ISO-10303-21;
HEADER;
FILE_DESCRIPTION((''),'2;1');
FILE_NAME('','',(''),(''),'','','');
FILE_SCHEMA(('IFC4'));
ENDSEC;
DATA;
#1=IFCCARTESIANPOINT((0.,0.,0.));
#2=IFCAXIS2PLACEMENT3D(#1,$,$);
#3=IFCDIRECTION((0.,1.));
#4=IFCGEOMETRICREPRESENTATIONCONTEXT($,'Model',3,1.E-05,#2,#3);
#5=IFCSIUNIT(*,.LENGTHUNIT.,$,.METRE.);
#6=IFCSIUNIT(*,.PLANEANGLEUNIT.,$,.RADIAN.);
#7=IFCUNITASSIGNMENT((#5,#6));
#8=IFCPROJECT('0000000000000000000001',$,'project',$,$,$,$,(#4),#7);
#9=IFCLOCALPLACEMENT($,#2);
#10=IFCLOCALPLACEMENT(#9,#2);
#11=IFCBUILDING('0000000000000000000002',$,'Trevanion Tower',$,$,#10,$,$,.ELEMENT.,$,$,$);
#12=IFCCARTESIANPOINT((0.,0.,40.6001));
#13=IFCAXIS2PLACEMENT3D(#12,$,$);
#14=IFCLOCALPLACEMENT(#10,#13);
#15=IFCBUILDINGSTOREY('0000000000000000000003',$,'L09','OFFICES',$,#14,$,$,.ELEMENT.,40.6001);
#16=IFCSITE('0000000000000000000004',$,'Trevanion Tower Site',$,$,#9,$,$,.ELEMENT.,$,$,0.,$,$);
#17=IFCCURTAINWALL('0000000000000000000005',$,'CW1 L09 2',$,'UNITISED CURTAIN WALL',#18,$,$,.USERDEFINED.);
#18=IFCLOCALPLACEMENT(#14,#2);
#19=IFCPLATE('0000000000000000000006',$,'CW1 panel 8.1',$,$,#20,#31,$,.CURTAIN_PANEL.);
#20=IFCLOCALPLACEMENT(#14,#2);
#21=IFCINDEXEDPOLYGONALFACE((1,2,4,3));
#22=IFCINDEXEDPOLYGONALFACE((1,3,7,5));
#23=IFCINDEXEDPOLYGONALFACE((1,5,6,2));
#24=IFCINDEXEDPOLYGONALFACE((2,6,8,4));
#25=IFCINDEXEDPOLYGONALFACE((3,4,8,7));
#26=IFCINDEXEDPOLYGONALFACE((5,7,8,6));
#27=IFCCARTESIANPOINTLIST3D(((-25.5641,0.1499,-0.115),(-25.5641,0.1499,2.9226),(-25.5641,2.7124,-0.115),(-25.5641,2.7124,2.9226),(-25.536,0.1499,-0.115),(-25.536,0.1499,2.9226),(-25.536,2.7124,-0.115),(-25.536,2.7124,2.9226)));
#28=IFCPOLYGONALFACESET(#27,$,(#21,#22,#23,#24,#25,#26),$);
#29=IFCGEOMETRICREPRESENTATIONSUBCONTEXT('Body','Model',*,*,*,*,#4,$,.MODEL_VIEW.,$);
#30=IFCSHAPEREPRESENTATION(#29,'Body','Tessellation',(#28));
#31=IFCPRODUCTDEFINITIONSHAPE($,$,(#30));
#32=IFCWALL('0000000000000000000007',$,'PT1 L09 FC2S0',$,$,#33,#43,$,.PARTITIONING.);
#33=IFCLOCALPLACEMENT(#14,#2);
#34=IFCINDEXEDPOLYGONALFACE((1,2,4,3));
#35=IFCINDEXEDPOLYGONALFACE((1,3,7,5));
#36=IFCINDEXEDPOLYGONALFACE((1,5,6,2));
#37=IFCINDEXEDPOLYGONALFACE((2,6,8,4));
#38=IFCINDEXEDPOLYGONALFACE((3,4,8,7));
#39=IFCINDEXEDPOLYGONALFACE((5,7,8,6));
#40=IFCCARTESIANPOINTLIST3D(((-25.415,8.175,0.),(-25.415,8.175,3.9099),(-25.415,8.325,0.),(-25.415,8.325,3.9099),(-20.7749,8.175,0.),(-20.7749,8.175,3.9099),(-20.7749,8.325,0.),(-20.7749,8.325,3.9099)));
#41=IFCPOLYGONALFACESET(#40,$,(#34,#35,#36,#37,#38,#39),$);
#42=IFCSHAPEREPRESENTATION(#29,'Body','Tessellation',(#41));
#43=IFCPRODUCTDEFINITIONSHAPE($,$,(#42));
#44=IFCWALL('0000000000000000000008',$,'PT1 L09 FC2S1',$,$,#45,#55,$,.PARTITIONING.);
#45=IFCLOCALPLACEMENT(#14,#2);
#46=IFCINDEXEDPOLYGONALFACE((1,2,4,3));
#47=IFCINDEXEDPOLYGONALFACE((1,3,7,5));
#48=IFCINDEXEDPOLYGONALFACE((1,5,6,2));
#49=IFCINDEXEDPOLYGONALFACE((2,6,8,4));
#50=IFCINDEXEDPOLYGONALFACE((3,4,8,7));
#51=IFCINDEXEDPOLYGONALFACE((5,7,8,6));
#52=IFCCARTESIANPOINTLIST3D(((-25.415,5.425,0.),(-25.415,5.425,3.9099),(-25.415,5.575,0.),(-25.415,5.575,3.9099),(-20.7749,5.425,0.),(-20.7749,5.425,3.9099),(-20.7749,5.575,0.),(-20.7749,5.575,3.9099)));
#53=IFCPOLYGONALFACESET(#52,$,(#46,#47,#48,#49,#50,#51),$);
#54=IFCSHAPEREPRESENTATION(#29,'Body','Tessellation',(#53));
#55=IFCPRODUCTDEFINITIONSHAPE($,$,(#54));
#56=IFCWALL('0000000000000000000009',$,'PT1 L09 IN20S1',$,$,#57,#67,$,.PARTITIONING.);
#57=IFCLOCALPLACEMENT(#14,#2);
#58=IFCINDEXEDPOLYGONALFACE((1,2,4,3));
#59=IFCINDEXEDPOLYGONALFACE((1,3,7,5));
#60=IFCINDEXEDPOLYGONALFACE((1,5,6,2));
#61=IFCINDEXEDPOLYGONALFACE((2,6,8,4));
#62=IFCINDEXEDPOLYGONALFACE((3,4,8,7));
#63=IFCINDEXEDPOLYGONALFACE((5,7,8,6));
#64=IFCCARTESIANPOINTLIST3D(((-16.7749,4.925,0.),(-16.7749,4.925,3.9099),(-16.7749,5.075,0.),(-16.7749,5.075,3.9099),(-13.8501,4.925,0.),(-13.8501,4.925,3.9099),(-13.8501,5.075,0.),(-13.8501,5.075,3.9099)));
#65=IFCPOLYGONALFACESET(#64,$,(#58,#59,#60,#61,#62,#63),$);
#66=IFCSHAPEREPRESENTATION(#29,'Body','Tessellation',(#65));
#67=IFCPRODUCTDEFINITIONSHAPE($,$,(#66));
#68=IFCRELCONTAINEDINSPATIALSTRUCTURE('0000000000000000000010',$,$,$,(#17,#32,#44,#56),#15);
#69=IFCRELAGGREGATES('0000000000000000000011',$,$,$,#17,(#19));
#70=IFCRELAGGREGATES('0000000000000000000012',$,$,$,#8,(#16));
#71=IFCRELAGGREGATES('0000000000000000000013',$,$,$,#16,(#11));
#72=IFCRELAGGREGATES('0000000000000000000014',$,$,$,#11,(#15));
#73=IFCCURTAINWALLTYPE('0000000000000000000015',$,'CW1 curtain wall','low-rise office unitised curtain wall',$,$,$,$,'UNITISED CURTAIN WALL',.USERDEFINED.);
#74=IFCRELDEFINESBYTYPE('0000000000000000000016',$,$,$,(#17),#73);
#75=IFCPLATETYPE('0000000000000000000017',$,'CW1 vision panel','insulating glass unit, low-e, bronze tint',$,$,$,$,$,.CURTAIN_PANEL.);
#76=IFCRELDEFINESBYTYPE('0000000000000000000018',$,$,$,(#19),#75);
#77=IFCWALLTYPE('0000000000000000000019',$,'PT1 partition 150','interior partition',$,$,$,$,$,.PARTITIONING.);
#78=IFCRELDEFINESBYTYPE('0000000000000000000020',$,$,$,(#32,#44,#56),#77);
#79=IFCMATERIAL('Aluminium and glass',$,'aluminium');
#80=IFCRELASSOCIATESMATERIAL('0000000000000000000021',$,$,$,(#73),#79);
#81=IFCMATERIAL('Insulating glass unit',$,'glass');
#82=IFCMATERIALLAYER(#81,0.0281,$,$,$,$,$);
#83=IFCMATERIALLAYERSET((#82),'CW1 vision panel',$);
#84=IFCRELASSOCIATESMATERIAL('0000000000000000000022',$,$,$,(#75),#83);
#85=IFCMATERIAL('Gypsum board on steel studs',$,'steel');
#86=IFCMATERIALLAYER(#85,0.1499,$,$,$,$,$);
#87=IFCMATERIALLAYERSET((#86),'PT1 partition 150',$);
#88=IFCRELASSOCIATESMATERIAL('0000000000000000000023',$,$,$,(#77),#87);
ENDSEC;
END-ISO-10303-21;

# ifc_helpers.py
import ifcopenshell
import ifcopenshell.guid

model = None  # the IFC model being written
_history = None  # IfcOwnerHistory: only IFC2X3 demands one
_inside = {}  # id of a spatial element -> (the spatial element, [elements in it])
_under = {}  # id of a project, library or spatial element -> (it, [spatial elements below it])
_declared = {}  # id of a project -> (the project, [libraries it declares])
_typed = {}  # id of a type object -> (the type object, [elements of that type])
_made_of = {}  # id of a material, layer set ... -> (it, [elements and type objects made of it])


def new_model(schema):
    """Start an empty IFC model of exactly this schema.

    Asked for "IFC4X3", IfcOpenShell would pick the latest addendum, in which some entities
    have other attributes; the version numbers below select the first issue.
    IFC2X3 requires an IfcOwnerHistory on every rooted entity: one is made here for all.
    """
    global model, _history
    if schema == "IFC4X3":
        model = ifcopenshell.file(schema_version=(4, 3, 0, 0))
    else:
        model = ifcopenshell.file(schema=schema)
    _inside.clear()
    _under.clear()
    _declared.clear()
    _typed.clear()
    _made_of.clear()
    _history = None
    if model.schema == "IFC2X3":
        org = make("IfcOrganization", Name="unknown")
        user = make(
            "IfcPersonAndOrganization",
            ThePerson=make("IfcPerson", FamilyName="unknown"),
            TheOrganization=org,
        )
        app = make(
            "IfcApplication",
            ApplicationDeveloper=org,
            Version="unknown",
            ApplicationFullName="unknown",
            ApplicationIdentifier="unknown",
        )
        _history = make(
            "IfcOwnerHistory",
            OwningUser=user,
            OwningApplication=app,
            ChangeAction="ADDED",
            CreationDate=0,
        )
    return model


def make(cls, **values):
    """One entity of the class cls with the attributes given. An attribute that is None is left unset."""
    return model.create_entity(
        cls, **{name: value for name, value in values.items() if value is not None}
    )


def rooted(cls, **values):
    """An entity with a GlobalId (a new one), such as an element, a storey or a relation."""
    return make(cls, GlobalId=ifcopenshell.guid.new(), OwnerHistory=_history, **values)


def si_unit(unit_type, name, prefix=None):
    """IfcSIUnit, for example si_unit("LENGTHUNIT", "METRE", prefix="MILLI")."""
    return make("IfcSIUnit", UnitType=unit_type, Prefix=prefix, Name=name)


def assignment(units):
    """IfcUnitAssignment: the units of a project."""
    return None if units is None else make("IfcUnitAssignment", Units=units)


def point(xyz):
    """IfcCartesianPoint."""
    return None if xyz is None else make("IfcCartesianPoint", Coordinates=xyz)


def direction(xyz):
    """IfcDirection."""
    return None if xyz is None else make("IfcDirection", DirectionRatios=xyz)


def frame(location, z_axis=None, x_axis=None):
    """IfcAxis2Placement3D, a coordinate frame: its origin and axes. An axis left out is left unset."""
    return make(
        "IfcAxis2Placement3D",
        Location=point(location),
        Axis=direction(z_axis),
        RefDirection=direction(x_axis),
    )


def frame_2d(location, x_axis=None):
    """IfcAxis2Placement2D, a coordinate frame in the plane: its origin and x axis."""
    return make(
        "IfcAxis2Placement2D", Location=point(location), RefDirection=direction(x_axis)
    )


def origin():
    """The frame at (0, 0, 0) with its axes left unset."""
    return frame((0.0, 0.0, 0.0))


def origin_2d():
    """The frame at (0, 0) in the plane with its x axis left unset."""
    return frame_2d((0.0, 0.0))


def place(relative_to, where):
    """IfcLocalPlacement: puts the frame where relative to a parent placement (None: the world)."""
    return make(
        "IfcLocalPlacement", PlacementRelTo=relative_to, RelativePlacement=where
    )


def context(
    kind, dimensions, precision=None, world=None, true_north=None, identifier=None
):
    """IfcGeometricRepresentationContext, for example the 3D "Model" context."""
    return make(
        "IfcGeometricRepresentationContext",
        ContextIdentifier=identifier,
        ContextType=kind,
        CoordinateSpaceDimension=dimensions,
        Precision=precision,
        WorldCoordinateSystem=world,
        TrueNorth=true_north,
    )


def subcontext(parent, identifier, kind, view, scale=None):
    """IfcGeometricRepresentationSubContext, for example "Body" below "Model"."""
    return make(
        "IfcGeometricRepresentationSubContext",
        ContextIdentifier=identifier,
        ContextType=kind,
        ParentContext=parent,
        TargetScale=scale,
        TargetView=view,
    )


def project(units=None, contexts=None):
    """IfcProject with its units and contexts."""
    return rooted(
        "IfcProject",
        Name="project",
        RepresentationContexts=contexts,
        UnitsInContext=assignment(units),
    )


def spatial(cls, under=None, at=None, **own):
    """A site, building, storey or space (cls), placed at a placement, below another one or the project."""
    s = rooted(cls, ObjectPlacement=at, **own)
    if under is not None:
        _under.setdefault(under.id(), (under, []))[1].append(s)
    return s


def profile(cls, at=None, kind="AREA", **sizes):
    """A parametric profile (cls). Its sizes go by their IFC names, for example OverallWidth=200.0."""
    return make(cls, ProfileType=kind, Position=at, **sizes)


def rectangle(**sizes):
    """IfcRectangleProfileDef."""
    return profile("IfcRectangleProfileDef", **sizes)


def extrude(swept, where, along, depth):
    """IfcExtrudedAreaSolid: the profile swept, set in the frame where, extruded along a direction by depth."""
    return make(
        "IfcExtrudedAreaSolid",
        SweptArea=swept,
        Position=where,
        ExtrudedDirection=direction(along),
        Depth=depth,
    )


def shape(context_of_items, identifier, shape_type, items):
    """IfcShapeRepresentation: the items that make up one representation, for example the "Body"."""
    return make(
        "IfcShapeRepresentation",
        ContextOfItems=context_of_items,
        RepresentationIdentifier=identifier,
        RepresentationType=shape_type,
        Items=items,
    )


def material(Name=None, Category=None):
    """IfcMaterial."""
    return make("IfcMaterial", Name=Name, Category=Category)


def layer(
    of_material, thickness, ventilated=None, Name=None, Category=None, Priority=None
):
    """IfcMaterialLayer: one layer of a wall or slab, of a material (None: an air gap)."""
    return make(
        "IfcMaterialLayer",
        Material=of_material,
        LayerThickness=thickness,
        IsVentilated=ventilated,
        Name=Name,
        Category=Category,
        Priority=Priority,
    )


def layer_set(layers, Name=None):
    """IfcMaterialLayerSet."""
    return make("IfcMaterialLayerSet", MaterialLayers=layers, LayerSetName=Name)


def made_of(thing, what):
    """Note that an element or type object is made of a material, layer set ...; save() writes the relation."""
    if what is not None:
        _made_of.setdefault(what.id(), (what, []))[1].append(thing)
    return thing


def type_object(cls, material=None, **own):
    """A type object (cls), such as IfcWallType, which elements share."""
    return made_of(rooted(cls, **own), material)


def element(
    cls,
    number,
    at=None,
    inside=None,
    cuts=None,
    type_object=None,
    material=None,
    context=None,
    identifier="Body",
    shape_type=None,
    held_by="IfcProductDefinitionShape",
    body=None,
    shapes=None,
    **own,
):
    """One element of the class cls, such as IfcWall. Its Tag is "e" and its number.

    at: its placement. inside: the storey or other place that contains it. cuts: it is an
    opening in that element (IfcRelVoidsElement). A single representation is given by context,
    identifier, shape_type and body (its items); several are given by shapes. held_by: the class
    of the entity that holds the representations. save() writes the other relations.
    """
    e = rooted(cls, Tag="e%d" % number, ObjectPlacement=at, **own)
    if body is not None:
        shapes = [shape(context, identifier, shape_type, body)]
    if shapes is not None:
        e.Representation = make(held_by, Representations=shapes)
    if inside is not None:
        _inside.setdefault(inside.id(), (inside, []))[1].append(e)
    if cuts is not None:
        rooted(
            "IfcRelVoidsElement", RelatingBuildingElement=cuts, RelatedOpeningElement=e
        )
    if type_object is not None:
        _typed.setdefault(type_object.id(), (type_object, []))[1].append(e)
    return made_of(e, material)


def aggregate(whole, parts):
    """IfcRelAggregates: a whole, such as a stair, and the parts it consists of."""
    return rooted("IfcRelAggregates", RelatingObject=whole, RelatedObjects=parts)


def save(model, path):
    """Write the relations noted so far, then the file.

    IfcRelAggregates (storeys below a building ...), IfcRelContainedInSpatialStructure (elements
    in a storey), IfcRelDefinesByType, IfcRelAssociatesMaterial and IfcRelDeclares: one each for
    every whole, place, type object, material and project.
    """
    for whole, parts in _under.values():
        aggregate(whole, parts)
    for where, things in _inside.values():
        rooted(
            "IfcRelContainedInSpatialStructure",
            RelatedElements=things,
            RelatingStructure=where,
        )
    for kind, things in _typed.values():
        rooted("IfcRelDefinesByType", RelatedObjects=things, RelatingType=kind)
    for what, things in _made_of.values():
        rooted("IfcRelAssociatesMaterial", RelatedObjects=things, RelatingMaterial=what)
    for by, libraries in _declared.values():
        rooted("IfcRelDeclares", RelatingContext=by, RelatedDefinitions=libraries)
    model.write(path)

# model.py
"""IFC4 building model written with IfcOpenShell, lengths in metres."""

from ifc_helpers import new_model, si_unit, direction, frame, frame_2d, origin, origin_2d, place, context, subcontext, project, spatial, rectangle, extrude, material, layer, layer_set, type_object, element, aggregate, save


model = new_model("IFC4")

# Units and contexts
model_context = context("Model", 3, precision=1e-05, world=origin(), true_north=direction((0.0, 1.0)))
body_context = subcontext(model_context, "Body", "Model", "MODEL_VIEW")
ifc_project = project(units=[si_unit("LENGTHUNIT", "METRE"), si_unit("PLANEANGLEUNIT", "RADIAN")], contexts=[model_context])

# Site, building, storey
site_placement = place(None, origin())
site = spatial("IfcSite", under=ifc_project, at=site_placement, Name="Trevanion Tower Site", CompositionType="ELEMENT", RefElevation=0.0)
building_placement = place(site_placement, origin())
building = spatial("IfcBuilding", under=site, at=building_placement, Name="Trevanion Tower", CompositionType="ELEMENT")
storey_placement = place(building_placement, frame((0.0, 0.0, 40.6001)))
storey = spatial("IfcBuildingStorey", under=building, at=storey_placement, Name="L09", Description="OFFICES", CompositionType="ELEMENT", Elevation=40.6001)

# Curtain wall, plate
ifc_material_1 = material(Name="Aluminium and glass", Category="aluminium")
curtain_wall_type = type_object("IfcCurtainWallType", Name="CW1 curtain wall", Description="low-rise office unitised curtain wall", ElementType="UNITISED CURTAIN WALL", PredefinedType="USERDEFINED", material=ifc_material_1)
curtain_wall_placement = place(storey_placement, origin())
curtain_wall = element("IfcCurtainWall", 1, at=curtain_wall_placement, inside=storey, type_object=curtain_wall_type, Name="CW1 L09 2", ObjectType="UNITISED CURTAIN WALL", PredefinedType="USERDEFINED")
ifc_material_2 = material(Name="Insulating glass unit", Category="glass")
ifc_layer_1 = layer(ifc_material_2, 0.0281)
ifc_layer_set_1 = layer_set([ifc_layer_1], Name="CW1 vision panel")
plate_type_1 = type_object("IfcPlateType", Name="CW1 vision panel", Description="insulating glass unit, low-e, bronze tint", PredefinedType="CURTAIN_PANEL", material=ifc_layer_set_1)
plate_1_placement = place(storey_placement, frame((-25.55, 1.4312, -0.115), z_axis=(0.0, 0.0, 1.0), x_axis=(0.0, -1.0, 0.0)))
plate_1 = element("IfcPlate", 2, at=plate_1_placement, type_object=plate_type_1, Name="CW1 panel 8.1", PredefinedType="CURTAIN_PANEL", context=body_context, shape_type="SweptSolid", body=[
    extrude(rectangle(XDim=2.5625, YDim=0.0281, at=origin_2d()), origin(), (0.0, 0.0, 1.0), 3.0376),
])
aggregate(curtain_wall, [plate_1])

# Walls
ifc_material_3 = material(Name="Gypsum board on steel studs", Category="steel")
ifc_layer_2 = layer(ifc_material_3, 0.1499)
ifc_layer_set_2 = layer_set([ifc_layer_2], Name="PT1 partition 150")
wall_type = type_object("IfcWallType", Name="PT1 partition 150", Description="interior partition", PredefinedType="PARTITIONING", material=ifc_layer_set_2)
for number, where, z_axis, x_axis, name in (
    (3, (-20.7749, 8.25, 0.0), (0.0, 0.0, 1.0), (-1.0, 0.0, 0.0), "PT1 L09 FC2S0"),
    (4, (-20.7749, 5.5, 0.0), (0.0, 0.0, 1.0), (-1.0, 0.0, 0.0), "PT1 L09 FC2S1"),
):
    element("IfcWall", number, at=place(storey_placement, frame(where, z_axis=z_axis, x_axis=x_axis)), inside=storey, type_object=wall_type, Name=name, PredefinedType="PARTITIONING", context=body_context, shape_type="SweptSolid", body=[
        extrude(rectangle(XDim=4.6401, YDim=0.1499, at=frame_2d((2.3201, 0.0))), origin(), (0.0, 0.0, 1.0), 3.9099),
    ])
wall_placement = place(storey_placement, frame((-16.7749, 5.0, 0.0), z_axis=(0.0, 0.0, 1.0), x_axis=(1.0, 0.0, 0.0)))
element("IfcWall", 5, at=wall_placement, inside=storey, type_object=wall_type, Name="PT1 L09 IN20S1", PredefinedType="PARTITIONING", context=body_context, shape_type="SweptSolid", body=[
    extrude(rectangle(XDim=2.9248, YDim=0.1499, at=frame_2d((1.4624, 0.0))), origin(), (0.0, 0.0, 1.0), 3.9099),
])

save(model, "model.ifc")
